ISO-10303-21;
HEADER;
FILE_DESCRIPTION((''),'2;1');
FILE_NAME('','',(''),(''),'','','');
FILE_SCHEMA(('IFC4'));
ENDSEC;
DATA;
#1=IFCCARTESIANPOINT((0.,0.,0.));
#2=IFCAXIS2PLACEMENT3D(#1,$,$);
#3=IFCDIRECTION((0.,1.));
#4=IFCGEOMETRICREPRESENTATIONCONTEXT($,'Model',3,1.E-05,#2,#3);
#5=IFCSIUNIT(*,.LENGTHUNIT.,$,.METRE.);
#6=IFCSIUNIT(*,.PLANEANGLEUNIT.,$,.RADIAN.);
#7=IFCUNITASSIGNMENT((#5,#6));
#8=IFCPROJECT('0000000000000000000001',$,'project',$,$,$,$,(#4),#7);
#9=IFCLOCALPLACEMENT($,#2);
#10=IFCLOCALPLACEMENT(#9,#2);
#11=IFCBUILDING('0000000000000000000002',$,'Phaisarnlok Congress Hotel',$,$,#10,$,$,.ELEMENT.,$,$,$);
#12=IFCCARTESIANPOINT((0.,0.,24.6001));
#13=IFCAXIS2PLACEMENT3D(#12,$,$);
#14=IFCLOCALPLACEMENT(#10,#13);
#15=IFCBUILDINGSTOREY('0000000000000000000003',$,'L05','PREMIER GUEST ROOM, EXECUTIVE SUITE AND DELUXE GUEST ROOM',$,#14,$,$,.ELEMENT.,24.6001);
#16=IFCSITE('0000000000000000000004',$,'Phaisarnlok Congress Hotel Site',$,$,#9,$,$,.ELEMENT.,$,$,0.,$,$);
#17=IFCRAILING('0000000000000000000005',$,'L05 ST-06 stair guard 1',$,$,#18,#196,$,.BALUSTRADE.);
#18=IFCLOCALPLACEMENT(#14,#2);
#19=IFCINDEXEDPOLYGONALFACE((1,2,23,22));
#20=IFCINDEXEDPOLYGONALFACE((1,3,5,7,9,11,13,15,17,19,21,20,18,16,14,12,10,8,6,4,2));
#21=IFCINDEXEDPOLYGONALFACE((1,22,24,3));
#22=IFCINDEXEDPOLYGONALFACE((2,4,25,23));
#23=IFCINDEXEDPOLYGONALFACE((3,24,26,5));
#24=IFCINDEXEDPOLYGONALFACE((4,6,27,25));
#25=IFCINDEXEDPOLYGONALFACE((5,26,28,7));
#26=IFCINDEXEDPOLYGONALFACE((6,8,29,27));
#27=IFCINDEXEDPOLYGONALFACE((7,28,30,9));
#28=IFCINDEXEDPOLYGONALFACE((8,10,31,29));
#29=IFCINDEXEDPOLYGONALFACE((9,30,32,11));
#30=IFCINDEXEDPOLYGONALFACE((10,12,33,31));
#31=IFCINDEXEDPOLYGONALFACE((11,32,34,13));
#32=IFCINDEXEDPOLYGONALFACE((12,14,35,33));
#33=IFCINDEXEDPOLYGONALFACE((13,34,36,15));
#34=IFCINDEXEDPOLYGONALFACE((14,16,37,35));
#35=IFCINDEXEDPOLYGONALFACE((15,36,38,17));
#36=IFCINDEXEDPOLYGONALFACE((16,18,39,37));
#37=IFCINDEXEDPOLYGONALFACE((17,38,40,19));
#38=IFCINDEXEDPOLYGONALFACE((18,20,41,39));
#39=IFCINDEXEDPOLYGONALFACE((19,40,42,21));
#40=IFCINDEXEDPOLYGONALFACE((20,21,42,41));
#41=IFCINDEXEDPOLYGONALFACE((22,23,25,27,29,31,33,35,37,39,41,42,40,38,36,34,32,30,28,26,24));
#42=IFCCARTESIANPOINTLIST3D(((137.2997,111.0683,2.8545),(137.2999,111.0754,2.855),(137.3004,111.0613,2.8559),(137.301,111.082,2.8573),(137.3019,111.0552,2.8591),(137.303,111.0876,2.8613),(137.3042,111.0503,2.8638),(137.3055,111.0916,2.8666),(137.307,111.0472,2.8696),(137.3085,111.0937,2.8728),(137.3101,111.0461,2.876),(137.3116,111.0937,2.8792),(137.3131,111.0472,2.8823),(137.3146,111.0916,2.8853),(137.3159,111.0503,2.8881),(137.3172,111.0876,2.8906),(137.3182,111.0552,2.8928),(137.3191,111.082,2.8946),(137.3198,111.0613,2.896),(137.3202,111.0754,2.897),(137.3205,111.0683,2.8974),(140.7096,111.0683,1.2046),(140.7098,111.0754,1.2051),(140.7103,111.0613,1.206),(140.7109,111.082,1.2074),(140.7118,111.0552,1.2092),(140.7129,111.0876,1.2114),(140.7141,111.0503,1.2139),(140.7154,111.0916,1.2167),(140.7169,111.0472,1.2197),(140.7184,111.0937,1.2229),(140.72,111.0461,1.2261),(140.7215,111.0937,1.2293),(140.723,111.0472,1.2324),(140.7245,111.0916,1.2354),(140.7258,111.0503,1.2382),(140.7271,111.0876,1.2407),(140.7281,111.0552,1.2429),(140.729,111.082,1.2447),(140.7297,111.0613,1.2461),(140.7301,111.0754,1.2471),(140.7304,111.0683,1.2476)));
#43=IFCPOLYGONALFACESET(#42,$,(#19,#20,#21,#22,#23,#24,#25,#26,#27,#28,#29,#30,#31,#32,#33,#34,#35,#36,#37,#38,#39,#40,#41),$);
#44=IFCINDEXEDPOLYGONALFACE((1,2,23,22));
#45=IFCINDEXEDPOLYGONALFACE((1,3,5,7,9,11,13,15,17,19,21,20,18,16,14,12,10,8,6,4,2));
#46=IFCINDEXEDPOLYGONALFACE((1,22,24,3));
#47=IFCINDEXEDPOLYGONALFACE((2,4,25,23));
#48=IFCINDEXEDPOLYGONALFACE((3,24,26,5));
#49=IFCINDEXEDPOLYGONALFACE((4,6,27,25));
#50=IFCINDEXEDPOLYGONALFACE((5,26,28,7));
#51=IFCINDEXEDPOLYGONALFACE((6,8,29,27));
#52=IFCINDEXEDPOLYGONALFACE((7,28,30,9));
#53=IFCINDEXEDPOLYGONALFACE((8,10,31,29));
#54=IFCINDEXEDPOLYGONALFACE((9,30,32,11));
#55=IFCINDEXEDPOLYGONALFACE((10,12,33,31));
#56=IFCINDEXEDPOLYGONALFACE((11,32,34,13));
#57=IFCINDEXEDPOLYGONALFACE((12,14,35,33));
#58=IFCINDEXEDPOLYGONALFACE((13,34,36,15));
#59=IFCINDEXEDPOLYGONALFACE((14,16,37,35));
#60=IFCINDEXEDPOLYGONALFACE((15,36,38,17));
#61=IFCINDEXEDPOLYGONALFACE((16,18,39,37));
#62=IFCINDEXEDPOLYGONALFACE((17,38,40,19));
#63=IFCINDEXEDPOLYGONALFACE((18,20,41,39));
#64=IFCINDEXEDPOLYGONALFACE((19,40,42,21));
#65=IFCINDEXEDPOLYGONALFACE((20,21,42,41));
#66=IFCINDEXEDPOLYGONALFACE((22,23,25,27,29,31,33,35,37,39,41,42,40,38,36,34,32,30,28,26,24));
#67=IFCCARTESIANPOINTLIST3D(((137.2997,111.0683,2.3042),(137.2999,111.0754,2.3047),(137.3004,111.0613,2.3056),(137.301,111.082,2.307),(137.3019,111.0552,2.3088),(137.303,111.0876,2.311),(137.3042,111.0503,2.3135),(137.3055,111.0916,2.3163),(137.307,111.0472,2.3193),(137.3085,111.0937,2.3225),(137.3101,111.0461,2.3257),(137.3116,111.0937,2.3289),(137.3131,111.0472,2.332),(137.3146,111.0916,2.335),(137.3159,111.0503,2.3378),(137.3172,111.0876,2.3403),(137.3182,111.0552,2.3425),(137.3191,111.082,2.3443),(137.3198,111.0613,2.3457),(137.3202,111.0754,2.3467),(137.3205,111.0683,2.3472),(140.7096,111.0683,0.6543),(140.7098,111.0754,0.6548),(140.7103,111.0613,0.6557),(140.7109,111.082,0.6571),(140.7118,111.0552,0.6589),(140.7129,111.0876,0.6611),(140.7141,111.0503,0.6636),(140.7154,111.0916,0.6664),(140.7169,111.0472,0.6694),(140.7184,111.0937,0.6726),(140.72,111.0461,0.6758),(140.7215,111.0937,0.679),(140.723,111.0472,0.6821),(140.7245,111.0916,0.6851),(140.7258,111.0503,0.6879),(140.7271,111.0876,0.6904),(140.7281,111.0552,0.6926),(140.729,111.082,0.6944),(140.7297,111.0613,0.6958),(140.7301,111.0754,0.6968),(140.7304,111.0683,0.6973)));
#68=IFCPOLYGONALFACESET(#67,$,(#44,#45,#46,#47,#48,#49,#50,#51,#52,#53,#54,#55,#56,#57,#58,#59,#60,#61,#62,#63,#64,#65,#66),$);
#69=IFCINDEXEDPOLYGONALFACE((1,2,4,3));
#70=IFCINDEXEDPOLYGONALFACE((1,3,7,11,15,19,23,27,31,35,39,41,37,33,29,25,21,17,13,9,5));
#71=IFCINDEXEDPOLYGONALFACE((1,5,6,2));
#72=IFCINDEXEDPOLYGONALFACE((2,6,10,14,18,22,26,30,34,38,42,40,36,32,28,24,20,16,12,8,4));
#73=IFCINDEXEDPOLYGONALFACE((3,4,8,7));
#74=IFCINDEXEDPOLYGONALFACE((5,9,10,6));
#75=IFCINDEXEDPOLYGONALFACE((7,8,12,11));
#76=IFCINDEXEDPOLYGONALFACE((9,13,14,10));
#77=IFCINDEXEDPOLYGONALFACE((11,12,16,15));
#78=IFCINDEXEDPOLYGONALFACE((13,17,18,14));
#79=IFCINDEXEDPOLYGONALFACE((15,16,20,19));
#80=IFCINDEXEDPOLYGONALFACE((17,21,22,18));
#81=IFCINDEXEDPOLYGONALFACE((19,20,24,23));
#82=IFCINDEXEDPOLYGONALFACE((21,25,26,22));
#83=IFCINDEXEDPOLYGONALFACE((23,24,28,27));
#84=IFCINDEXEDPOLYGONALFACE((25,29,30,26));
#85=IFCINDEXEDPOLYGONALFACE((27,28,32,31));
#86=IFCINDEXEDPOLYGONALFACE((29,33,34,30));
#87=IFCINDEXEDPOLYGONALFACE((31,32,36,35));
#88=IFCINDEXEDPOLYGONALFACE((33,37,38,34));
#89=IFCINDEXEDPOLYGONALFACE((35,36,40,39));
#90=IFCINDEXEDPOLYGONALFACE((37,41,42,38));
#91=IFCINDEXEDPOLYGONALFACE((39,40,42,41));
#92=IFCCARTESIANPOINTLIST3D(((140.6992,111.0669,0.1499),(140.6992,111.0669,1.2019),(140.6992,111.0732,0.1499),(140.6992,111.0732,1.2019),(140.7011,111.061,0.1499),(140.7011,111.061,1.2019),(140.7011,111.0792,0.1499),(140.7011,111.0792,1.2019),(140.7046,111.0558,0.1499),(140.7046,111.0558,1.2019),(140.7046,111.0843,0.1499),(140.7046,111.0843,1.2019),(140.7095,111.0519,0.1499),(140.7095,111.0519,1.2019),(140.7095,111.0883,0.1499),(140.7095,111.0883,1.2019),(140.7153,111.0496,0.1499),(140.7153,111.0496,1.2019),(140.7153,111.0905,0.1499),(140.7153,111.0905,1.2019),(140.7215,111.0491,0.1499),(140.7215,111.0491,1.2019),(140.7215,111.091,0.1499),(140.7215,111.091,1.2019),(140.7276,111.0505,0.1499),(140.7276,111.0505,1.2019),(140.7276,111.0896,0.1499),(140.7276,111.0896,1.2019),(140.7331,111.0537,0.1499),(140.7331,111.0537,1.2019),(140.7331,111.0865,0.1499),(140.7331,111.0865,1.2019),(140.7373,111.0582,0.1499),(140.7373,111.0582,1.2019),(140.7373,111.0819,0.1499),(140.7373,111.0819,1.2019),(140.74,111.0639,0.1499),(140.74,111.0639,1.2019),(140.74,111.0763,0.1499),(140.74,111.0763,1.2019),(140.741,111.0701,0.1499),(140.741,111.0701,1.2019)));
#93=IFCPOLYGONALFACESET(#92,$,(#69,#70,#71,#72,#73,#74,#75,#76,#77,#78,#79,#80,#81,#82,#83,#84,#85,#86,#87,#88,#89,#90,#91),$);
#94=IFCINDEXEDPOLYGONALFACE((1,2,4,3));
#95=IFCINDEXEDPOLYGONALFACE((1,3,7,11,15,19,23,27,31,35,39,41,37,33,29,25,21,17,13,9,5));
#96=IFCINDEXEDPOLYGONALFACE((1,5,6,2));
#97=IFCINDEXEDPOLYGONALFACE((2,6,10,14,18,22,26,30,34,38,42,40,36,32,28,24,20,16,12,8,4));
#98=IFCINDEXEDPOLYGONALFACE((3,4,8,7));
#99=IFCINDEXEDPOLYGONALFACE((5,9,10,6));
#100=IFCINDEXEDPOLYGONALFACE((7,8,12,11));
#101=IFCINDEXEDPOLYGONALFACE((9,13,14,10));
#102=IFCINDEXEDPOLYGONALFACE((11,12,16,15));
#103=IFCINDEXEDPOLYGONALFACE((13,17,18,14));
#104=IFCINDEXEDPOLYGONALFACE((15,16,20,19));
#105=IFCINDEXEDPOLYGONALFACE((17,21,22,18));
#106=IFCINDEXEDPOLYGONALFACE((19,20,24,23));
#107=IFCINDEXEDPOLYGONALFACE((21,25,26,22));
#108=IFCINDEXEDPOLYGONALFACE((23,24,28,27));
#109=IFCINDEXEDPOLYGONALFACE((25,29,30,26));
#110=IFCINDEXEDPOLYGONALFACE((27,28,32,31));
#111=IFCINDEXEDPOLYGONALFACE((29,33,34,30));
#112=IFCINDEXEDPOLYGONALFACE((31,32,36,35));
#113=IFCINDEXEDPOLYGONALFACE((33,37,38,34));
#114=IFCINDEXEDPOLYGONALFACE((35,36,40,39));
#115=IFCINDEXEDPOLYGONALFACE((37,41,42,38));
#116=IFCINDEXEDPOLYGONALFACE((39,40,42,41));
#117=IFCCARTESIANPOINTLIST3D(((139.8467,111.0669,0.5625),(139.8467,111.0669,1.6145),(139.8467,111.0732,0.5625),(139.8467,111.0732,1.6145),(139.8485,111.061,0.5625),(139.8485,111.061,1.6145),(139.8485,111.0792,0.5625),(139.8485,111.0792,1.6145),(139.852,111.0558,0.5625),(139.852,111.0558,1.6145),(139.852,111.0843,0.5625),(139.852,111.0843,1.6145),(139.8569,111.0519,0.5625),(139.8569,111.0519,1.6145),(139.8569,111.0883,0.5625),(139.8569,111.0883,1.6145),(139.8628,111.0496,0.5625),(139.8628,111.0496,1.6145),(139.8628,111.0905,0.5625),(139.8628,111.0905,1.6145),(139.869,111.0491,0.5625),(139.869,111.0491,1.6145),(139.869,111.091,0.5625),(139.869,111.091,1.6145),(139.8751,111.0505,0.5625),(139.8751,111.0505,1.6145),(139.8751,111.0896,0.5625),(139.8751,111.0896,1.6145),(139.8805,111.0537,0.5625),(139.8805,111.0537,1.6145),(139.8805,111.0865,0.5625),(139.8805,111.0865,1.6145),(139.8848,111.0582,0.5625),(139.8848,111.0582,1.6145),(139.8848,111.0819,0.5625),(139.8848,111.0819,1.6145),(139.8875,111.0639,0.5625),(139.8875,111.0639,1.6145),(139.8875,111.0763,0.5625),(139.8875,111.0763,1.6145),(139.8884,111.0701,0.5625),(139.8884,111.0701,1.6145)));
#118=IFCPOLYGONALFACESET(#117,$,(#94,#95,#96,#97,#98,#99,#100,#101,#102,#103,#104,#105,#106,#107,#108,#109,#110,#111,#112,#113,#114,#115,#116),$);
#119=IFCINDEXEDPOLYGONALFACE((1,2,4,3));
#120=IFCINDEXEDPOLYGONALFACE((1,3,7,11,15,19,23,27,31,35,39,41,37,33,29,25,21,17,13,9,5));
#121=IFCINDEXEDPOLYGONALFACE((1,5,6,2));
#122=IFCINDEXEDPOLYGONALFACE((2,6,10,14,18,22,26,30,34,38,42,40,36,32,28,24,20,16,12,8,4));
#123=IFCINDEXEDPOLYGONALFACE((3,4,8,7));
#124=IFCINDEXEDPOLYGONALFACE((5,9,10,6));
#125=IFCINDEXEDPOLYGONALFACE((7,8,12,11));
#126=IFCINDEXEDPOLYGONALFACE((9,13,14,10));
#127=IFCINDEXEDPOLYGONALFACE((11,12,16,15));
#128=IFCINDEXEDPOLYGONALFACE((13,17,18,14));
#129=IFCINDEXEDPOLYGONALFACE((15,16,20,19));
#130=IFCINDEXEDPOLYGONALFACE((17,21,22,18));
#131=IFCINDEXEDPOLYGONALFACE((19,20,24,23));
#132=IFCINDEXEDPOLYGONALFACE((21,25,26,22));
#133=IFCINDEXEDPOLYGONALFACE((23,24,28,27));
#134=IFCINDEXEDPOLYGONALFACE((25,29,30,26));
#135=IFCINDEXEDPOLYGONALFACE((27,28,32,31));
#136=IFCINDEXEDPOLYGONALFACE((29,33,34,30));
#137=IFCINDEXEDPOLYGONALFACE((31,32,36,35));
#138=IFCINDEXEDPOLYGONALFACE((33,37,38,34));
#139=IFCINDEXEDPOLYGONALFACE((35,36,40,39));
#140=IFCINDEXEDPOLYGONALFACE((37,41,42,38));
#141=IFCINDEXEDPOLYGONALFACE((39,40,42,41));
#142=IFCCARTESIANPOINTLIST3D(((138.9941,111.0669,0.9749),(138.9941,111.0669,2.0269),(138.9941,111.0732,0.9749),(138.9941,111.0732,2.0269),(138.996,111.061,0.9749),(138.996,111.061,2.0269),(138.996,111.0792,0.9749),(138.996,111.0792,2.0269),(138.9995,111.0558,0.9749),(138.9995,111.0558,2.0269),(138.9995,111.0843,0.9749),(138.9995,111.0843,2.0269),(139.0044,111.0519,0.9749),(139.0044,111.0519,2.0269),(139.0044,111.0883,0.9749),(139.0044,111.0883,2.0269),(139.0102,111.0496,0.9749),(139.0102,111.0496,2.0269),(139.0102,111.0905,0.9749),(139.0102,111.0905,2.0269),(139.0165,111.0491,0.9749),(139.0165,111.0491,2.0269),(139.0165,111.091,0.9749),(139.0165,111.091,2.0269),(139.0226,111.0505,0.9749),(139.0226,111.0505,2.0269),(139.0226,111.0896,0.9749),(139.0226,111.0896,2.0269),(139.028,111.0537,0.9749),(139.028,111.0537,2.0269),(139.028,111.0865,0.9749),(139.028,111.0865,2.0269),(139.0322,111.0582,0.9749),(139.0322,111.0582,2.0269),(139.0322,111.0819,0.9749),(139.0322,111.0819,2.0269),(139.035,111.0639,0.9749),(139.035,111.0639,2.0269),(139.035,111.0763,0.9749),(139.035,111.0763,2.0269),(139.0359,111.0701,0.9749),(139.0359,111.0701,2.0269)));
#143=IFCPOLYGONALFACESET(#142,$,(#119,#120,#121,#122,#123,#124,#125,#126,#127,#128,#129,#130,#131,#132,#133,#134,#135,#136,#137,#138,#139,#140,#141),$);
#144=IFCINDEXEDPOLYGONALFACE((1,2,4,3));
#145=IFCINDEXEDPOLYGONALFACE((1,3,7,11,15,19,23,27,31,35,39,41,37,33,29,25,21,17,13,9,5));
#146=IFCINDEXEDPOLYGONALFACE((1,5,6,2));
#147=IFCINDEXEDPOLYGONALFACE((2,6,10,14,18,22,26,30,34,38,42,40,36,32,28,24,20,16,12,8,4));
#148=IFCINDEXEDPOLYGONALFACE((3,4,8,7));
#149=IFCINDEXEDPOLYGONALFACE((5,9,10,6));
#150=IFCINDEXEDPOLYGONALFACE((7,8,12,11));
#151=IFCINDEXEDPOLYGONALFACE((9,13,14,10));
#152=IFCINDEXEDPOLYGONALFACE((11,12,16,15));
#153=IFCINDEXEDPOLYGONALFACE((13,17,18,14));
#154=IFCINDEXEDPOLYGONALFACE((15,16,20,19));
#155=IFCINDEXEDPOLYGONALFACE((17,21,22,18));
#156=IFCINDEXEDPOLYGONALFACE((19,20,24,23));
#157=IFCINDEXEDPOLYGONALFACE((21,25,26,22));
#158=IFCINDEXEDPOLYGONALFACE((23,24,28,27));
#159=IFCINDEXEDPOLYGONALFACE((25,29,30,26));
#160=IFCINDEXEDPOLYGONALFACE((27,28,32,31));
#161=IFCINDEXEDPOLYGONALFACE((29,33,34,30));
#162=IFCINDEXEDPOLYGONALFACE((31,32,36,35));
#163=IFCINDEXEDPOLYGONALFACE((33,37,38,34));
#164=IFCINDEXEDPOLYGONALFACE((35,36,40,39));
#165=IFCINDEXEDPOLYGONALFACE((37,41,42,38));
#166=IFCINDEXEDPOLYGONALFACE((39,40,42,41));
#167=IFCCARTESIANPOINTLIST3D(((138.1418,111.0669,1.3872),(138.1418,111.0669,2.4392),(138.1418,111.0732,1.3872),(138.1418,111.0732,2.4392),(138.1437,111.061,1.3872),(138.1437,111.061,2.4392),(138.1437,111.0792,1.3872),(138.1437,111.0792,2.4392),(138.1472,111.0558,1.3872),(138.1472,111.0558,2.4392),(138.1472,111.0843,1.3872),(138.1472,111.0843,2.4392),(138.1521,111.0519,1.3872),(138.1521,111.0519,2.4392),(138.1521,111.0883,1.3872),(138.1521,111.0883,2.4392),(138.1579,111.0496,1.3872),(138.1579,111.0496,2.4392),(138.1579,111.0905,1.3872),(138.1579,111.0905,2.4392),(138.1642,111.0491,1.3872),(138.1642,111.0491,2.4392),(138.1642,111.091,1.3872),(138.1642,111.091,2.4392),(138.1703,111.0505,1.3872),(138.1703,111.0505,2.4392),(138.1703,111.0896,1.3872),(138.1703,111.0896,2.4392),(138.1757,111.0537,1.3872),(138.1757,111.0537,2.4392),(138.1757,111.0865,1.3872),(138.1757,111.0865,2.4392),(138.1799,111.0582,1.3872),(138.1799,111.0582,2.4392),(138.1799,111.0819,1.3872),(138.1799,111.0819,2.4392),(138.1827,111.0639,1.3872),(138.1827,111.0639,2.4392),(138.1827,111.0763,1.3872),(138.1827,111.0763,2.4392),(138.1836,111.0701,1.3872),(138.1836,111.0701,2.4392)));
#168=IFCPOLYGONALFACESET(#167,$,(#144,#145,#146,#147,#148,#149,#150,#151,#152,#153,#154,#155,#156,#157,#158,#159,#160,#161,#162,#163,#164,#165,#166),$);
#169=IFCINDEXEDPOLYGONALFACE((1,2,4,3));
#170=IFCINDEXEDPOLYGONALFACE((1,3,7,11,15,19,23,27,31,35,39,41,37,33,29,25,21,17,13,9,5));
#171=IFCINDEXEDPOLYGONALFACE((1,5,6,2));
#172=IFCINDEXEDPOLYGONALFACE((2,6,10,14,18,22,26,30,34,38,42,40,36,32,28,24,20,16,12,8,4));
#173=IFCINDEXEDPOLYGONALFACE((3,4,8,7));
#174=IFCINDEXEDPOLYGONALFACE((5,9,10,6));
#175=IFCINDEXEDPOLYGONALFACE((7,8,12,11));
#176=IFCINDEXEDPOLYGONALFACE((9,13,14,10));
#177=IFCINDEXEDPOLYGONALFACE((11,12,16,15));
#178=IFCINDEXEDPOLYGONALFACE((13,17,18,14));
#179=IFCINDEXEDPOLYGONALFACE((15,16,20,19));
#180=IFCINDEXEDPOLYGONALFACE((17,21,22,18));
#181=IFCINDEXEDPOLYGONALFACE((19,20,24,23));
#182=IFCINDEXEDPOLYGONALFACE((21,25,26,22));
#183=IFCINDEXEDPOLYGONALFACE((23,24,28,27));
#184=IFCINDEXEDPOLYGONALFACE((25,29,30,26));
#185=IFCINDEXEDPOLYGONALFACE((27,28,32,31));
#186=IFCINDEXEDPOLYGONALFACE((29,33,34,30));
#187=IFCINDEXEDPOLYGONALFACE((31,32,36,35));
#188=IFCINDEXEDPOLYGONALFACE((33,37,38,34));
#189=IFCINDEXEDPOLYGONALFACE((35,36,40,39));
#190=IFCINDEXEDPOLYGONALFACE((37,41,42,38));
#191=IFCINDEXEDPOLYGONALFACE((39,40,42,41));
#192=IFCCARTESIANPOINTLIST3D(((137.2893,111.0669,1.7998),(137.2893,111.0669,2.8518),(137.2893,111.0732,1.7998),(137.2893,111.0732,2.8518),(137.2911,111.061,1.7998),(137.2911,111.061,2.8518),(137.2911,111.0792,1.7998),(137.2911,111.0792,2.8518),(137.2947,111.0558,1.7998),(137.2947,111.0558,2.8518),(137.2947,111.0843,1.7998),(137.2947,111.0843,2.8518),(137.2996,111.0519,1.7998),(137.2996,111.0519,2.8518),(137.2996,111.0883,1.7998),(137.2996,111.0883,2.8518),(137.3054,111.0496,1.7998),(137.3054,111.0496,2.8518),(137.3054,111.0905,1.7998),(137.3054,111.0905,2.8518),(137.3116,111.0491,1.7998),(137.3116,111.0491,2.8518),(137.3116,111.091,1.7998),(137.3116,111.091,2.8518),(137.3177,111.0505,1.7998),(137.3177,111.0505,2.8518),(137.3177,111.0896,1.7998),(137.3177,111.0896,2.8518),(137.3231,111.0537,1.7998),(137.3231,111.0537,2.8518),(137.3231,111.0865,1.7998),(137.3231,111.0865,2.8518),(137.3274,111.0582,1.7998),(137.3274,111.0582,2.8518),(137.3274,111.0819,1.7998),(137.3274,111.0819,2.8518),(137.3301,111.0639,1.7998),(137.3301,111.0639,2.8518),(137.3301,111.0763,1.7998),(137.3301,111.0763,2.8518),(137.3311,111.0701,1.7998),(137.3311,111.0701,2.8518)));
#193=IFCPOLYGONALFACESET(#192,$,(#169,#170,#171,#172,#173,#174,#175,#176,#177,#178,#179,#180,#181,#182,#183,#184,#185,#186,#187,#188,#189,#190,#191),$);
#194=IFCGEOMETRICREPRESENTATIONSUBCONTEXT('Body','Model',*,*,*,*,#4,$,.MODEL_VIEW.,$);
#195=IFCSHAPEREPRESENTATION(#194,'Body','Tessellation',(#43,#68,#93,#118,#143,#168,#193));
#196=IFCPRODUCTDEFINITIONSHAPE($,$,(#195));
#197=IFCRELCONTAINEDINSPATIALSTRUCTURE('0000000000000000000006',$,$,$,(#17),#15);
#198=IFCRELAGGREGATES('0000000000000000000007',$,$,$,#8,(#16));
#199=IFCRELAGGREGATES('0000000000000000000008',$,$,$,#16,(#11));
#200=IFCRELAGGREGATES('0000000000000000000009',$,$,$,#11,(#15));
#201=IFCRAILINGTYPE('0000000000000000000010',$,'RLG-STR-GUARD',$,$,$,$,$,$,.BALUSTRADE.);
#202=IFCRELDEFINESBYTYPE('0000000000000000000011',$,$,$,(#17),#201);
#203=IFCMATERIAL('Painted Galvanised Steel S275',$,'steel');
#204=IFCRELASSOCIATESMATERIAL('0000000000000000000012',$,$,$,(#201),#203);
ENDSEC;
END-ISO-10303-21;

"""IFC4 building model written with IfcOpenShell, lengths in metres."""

from ifc_helpers import new_model, si_unit, direction, frame, origin, origin_2d, place, context, subcontext, project, spatial, circle, extrude, material, type_object, element, save


model = new_model("IFC4")

# Units and contexts
model_context = context("Model", 3, precision=1e-05, world=origin(), true_north=direction((0.0, 1.0)))
body_context = subcontext(model_context, "Body", "Model", "MODEL_VIEW")
ifc_project = project(units=[si_unit("LENGTHUNIT", "METRE"), si_unit("PLANEANGLEUNIT", "RADIAN")], contexts=[model_context])

# Site, building, storey
site_placement = place(None, origin())
site = spatial("IfcSite", under=ifc_project, at=site_placement, Name="Phaisarnlok Congress Hotel Site", CompositionType="ELEMENT", RefElevation=0.0)
building_placement = place(site_placement, origin())
building = spatial("IfcBuilding", under=site, at=building_placement, Name="Phaisarnlok Congress Hotel", CompositionType="ELEMENT")
storey_placement = place(building_placement, frame((0.0, 0.0, 24.6001)))
storey = spatial("IfcBuildingStorey", under=building, at=storey_placement, Name="L05", Description="PREMIER GUEST ROOM, EXECUTIVE SUITE AND DELUXE GUEST ROOM", CompositionType="ELEMENT", Elevation=24.6001)

# Railing
ifc_material_1 = material(Name="Painted Galvanised Steel S275", Category="steel")
railing_type_1 = type_object("IfcRailingType", Name="RLG-STR-GUARD", PredefinedType="BALUSTRADE", material=ifc_material_1)
railing_1_placement = place(storey_placement, frame((140.72, 111.0701, 0.1499)))
element("IfcRailing", 1, at=railing_1_placement, inside=storey, type_object=railing_type_1, Name="L05 ST-06 stair guard 1", PredefinedType="BALUSTRADE", context=body_context, shape_type="SweptSolid", body=[
    extrude(circle(Radius=0.0239, at=origin_2d()), frame((0.0, 0.0, 1.0762), z_axis=(-0.900165, 0.0, 0.435549), x_axis=(0.0, -1.0, 0.0)), (0.0, 0.0, 1.0), 3.7881),
    extrude(circle(Radius=0.0239, at=origin_2d()), frame((0.0, 0.0, 0.5259), z_axis=(-0.900165, 0.0, 0.435549), x_axis=(0.0, -1.0, 0.0)), (0.0, 0.0, 1.0), 3.7881),
    extrude(circle(Radius=0.021, at=origin_2d()), origin(), (0.0, 0.0, 1.0), 1.052),
    extrude(circle(Radius=0.021, at=origin_2d()), frame((-0.8525, 0.0, 0.4126)), (0.0, 0.0, 1.0), 1.052),
    extrude(circle(Radius=0.021, at=origin_2d()), frame((-1.7051, 0.0, 0.825)), (0.0, 0.0, 1.0), 1.052),
    extrude(circle(Radius=0.021, at=origin_2d()), frame((-2.5574, 0.0, 1.2373)), (0.0, 0.0, 1.0), 1.052),
    extrude(circle(Radius=0.021, at=origin_2d()), frame((-3.4099, 0.0, 1.6499)), (0.0, 0.0, 1.0), 1.052),
])

save(model, "model.ifc")
